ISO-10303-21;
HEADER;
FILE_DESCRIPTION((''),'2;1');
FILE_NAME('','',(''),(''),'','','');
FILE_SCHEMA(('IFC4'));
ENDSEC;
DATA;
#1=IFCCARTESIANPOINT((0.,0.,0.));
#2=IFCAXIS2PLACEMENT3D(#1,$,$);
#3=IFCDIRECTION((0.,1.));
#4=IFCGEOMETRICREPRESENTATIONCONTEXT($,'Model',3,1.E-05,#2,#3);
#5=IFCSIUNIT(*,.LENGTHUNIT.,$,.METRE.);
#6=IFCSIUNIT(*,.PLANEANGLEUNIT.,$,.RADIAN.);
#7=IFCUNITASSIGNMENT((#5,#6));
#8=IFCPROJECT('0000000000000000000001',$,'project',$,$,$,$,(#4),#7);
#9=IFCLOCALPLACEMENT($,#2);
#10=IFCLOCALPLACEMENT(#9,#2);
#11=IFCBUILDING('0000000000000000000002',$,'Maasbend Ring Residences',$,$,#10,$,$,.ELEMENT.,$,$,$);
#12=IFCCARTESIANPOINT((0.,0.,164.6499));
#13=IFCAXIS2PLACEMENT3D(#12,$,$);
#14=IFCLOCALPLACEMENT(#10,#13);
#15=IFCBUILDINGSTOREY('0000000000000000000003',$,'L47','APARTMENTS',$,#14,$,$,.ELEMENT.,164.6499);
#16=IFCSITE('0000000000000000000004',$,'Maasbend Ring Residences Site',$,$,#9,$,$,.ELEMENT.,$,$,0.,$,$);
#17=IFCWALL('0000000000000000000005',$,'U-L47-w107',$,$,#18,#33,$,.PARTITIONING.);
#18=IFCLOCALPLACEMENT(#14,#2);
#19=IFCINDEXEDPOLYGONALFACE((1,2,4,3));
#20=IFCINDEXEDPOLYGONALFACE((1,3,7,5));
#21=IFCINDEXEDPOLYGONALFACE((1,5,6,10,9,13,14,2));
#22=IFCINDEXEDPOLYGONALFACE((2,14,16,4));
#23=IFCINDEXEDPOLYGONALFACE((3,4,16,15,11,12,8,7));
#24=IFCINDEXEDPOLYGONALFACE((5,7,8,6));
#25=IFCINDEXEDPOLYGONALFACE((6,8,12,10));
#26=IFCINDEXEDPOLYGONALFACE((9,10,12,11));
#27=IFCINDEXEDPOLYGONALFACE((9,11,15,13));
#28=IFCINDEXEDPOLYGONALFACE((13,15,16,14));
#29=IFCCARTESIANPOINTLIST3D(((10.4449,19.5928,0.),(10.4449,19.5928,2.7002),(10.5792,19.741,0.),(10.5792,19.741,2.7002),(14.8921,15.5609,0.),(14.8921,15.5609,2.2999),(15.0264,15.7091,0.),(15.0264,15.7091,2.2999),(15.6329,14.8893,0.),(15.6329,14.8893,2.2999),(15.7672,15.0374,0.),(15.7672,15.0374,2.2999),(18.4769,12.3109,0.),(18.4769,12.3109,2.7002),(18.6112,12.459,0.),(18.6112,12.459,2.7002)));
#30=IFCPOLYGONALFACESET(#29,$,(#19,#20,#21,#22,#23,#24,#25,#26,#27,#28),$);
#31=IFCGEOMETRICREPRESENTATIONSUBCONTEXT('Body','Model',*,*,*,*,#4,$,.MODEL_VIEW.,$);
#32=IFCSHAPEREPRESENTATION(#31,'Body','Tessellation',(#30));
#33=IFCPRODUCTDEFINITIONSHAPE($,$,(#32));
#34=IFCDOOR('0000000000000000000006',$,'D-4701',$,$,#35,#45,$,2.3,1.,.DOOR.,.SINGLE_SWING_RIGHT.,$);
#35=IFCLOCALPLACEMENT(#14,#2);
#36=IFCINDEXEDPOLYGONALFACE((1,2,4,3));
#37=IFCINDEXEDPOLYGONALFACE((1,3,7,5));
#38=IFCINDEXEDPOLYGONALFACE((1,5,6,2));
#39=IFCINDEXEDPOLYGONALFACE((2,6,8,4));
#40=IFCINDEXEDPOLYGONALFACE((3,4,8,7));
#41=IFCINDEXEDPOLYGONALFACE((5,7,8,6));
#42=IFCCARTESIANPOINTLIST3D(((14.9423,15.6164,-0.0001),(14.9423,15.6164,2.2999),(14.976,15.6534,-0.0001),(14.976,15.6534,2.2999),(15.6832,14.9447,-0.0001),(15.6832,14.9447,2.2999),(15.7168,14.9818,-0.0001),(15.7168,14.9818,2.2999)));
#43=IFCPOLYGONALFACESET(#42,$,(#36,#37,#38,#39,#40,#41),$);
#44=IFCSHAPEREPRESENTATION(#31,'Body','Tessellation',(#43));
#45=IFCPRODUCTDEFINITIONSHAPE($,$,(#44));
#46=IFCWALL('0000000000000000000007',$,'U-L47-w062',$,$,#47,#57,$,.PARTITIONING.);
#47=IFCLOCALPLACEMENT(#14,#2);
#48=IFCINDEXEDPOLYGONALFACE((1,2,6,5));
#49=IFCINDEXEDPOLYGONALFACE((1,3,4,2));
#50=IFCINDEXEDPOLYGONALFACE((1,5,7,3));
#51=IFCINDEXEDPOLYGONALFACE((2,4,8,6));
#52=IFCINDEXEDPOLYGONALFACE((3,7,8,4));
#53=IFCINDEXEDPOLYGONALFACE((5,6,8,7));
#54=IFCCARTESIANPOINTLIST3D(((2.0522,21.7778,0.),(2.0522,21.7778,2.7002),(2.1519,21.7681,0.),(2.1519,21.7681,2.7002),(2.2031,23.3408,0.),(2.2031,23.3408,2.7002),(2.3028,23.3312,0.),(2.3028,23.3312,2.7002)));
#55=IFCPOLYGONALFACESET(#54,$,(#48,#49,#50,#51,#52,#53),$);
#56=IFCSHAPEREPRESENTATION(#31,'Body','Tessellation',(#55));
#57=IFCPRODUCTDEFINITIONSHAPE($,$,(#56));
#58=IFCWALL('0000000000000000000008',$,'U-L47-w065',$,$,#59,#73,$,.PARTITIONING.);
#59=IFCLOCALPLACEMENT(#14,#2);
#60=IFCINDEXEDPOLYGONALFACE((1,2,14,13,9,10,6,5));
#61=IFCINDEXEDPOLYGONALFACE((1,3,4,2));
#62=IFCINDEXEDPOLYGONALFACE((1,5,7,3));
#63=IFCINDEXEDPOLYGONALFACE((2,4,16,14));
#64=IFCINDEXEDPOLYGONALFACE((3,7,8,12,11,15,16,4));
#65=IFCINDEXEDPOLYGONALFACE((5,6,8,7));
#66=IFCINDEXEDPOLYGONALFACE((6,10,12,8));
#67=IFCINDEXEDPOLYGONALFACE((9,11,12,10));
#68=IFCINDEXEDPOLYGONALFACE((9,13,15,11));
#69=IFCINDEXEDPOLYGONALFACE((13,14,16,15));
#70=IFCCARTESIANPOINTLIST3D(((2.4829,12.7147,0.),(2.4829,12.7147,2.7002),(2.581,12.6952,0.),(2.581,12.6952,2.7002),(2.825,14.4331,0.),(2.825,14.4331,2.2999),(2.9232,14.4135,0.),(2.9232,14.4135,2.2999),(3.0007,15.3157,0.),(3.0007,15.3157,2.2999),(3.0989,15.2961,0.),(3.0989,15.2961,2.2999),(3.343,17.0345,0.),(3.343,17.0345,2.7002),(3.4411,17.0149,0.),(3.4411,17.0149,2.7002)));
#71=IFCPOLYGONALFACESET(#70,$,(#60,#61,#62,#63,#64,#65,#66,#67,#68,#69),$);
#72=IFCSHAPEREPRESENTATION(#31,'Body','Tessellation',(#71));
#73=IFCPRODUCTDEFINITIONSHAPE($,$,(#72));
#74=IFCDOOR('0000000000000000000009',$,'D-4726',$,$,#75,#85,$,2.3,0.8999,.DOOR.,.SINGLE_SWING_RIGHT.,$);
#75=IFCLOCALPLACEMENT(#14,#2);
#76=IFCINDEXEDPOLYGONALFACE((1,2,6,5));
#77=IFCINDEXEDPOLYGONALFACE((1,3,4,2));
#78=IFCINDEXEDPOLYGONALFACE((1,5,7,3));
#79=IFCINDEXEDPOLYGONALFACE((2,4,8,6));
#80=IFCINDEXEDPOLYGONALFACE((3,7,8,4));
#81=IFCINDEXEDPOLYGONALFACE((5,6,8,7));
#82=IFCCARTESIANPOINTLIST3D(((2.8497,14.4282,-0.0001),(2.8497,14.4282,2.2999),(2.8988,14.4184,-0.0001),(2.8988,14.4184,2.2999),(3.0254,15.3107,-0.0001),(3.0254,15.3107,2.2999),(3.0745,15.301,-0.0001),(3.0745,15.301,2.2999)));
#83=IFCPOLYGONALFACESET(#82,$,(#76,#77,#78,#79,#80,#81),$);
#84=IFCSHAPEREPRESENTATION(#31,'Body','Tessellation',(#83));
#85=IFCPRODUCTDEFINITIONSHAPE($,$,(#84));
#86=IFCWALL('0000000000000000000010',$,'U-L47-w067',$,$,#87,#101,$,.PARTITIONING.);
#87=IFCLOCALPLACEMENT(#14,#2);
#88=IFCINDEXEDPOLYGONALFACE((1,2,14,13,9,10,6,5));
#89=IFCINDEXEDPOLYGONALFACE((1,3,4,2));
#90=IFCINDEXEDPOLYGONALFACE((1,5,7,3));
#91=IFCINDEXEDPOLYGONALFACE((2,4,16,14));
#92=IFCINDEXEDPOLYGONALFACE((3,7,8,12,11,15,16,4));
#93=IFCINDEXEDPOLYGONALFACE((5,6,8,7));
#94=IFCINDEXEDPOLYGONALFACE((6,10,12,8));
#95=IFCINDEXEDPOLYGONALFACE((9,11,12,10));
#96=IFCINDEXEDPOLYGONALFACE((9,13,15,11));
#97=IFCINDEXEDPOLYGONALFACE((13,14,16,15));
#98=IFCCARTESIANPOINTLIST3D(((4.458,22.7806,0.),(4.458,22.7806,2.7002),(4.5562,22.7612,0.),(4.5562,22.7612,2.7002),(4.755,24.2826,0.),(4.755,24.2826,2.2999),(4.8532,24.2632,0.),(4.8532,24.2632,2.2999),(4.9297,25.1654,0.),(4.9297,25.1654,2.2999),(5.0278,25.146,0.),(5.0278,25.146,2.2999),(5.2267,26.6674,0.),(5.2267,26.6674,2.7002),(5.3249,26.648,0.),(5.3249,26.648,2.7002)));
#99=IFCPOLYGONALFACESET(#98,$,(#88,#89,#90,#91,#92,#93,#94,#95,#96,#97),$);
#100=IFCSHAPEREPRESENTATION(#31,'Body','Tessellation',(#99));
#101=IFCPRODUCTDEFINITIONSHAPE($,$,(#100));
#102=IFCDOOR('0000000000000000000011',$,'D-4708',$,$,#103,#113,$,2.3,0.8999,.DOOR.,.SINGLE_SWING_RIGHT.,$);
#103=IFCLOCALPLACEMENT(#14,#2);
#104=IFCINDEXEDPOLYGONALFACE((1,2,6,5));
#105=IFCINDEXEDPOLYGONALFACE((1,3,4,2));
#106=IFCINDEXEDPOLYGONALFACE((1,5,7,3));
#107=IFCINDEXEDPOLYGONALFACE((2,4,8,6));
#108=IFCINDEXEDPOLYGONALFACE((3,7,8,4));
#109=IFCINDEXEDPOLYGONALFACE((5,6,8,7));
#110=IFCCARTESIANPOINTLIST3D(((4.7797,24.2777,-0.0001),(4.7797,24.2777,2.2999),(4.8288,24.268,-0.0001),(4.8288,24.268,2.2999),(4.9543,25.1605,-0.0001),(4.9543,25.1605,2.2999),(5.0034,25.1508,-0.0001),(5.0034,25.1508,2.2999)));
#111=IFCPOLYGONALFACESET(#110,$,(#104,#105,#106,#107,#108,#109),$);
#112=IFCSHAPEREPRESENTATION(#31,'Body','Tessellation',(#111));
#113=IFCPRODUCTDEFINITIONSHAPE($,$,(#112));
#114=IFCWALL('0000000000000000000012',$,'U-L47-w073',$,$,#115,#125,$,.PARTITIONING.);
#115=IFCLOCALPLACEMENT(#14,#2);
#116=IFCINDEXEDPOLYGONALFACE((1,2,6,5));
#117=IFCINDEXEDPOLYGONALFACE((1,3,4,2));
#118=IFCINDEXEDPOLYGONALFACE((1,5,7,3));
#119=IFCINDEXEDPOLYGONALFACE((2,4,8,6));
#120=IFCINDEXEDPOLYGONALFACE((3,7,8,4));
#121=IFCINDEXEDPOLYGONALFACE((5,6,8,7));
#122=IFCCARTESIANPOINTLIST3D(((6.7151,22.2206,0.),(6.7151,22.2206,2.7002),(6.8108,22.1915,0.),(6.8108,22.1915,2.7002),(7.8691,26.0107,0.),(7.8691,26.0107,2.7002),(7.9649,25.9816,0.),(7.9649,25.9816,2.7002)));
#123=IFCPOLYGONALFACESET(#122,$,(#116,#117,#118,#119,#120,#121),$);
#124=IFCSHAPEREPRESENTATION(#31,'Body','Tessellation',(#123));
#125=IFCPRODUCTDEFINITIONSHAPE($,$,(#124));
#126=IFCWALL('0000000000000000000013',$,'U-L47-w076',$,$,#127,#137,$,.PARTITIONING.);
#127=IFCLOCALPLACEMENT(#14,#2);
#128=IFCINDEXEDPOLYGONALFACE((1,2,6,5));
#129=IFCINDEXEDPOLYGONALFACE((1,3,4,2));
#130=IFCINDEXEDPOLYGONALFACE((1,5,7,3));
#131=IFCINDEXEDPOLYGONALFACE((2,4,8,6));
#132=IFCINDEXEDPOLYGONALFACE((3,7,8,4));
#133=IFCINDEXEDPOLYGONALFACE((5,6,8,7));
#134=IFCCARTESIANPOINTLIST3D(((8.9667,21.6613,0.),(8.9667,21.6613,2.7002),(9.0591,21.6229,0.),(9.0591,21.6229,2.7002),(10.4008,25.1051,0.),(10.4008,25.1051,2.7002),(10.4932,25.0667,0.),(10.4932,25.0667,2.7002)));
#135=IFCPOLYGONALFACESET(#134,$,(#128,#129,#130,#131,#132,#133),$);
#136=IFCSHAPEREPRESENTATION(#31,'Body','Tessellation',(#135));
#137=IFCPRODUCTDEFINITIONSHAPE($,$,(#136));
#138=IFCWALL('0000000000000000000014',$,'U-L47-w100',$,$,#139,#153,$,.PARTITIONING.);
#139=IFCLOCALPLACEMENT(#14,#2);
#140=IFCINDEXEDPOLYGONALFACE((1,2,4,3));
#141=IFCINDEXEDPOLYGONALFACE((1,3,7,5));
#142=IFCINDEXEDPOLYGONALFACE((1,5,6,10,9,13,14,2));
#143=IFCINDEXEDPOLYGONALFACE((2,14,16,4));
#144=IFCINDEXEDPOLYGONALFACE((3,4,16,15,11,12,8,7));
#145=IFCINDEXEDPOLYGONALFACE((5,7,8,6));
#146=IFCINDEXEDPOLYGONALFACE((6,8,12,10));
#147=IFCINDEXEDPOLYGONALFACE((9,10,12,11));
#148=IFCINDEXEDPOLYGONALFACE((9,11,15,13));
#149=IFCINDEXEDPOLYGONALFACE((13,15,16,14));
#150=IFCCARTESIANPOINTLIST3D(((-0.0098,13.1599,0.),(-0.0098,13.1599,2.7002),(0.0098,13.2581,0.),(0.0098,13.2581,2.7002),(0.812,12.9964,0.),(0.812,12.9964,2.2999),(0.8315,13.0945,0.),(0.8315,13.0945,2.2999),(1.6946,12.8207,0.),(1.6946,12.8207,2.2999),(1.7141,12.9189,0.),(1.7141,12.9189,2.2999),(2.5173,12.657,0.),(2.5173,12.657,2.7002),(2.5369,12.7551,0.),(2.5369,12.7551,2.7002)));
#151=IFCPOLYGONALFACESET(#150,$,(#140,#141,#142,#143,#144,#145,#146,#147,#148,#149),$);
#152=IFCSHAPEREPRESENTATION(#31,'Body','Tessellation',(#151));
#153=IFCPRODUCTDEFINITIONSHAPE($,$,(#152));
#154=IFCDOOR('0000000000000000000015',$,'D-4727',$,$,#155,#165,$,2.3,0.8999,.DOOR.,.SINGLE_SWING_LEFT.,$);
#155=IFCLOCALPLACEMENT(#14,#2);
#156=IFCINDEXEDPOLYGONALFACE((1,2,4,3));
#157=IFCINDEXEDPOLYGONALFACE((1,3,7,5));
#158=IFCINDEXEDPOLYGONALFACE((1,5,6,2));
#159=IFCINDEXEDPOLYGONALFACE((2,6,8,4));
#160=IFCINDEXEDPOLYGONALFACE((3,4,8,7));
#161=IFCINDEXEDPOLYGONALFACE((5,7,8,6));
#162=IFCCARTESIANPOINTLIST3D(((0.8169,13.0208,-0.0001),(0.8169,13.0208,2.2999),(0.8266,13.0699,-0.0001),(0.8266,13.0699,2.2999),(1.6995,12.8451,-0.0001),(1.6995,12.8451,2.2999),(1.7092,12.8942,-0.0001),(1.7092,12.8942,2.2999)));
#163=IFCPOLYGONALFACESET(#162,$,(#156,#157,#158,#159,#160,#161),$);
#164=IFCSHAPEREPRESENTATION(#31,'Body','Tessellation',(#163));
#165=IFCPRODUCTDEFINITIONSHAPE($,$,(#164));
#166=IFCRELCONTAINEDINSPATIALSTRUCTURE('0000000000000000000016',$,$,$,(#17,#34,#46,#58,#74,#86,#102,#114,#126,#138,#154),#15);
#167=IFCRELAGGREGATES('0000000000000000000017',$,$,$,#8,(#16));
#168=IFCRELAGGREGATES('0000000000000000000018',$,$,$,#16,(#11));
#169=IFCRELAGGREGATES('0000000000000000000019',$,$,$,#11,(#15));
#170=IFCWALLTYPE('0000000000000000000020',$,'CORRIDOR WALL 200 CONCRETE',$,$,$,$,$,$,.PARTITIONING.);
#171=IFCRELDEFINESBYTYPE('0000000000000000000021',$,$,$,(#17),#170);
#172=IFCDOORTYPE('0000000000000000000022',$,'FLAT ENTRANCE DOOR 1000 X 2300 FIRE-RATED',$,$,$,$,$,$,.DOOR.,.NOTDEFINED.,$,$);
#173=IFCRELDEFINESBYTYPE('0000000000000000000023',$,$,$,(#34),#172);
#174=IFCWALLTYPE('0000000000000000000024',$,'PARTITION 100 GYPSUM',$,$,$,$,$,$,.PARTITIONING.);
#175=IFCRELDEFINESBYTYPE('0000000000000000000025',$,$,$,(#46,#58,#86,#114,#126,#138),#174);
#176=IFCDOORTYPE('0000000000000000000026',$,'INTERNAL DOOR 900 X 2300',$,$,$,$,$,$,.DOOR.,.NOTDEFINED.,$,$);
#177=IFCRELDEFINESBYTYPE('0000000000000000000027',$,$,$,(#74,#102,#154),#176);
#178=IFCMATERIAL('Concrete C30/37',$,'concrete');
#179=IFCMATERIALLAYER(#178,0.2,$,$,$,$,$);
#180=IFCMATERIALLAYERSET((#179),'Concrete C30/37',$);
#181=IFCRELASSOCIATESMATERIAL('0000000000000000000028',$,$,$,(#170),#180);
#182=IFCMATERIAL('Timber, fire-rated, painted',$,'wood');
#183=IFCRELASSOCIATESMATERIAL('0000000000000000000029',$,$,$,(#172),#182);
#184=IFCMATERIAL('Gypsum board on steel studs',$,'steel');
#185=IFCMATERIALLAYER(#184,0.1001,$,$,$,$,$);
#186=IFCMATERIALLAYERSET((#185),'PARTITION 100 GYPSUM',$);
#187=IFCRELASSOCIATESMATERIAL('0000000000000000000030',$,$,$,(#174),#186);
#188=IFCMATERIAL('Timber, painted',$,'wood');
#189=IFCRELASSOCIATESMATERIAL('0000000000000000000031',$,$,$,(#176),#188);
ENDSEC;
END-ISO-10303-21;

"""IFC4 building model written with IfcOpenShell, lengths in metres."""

from ifc_helpers import new_model, si_unit, direction, frame, frame_2d, origin, place, context, subcontext, project, spatial, rectangle, extrude, material, layer, layer_set, type_object, element, fill, save


model = new_model("IFC4")

# Units and contexts
model_context = context("Model", 3, precision=1e-05, world=origin(), true_north=direction((0.0, 1.0)))
body_context = subcontext(model_context, "Body", "Model", "MODEL_VIEW")
ifc_project = project(units=[si_unit("LENGTHUNIT", "METRE"), si_unit("PLANEANGLEUNIT", "RADIAN")], contexts=[model_context])

# Site, building, storey
site_placement = place(None, origin())
site = spatial("IfcSite", under=ifc_project, at=site_placement, Name="Maasbend Ring Residences Site", CompositionType="ELEMENT", RefElevation=0.0)
building_placement = place(site_placement, origin())
building = spatial("IfcBuilding", under=site, at=building_placement, Name="Maasbend Ring Residences", CompositionType="ELEMENT")
storey_placement = place(building_placement, frame((0.0, 0.0, 164.6499)))
storey = spatial("IfcBuildingStorey", under=building, at=storey_placement, Name="L47", Description="APARTMENTS", CompositionType="ELEMENT", Elevation=164.6499)

# Wall, opening, door
ifc_material_1 = material(Name="Concrete C30/37", Category="concrete")
ifc_layer_1 = layer(ifc_material_1, 0.2)
ifc_layer_set_1 = layer_set([ifc_layer_1], Name="Concrete C30/37")
wall_type_1 = type_object("IfcWallType", Name="CORRIDOR WALL 200 CONCRETE", PredefinedType="PARTITIONING", material=ifc_layer_set_1)
ifc_material_2 = material(Name="Timber, fire-rated, painted", Category="wood")
door_type_1 = type_object("IfcDoorType", Name="FLAT ENTRANCE DOOR 1000 X 2300 FIRE-RATED", OperationType="NOTDEFINED", PredefinedType="DOOR", material=ifc_material_2)
wall_1_placement = place(storey_placement, frame((10.512, 19.667, 0.0), z_axis=(0.0, 0.0, 1.0), x_axis=(0.740849, -0.671671, 0.0)))
wall_1 = element("IfcWall", 1, at=wall_1_placement, inside=storey, type_object=wall_type_1, Name="U-L47-w107", PredefinedType="PARTITIONING", context=body_context, shape_type="SweptSolid", body=[
    extrude(rectangle(XDim=10.8416, YDim=0.2, at=frame_2d((5.4209, 0.0))), origin(), (0.0, 0.0, 1.0), 2.7002),
])
opening_1_placement = place(wall_1_placement, frame((6.0029, 0.0, 0.0)))
opening_1 = element("IfcOpeningElement", 2, at=opening_1_placement, cuts=wall_1, PredefinedType="OPENING", context=body_context, shape_type="SweptSolid", body=[
    extrude(rectangle(XDim=1.0, YDim=2.3, at=frame_2d((0.5, 1.1499))), frame((0.0, 0.1099, 0.0), z_axis=(0.0, -1.0, 0.0), x_axis=(1.0, 0.0, 0.0)), (0.0, 0.0, 1.0), 0.22),
])
door_1_placement = place(opening_1_placement, origin())
door_1 = element("IfcDoor", 3, at=door_1_placement, inside=storey, type_object=door_type_1, Name="D-4701", OperationType="SINGLE_SWING_RIGHT", OverallHeight=2.3, OverallWidth=1.0, PredefinedType="DOOR", context=body_context, shape_type="SweptSolid", body=[
    extrude(rectangle(XDim=1.0, YDim=2.3, at=frame_2d((0.5, 1.1499))), frame((0.0, 0.0249, 0.0), z_axis=(0.0, -1.0, 0.0), x_axis=(1.0, 0.0, 0.0)), (0.0, 0.0, 1.0), 0.05),
])
fill(opening_1, door_1)

# Wall
ifc_material_3 = material(Name="Gypsum board on steel studs", Category="steel")
ifc_layer_2 = layer(ifc_material_3, 0.1001)
ifc_layer_set_2 = layer_set([ifc_layer_2], Name="PARTITION 100 GYPSUM")
wall_type_2 = type_object("IfcWallType", Name="PARTITION 100 GYPSUM", PredefinedType="PARTITIONING", material=ifc_layer_set_2)
wall_2_placement = place(storey_placement, frame((2.1021, 21.7729, 0.0), z_axis=(0.0, 0.0, 1.0), x_axis=(0.096086, 0.995373, 0.0)))
element("IfcWall", 4, at=wall_2_placement, inside=storey, type_object=wall_type_2, Name="U-L47-w062", PredefinedType="PARTITIONING", context=body_context, shape_type="SweptSolid", body=[
    extrude(rectangle(XDim=1.5703, YDim=0.1001, at=frame_2d((0.7852, 0.0))), origin(), (0.0, 0.0, 1.0), 2.7002),
])

# Walls, openings, doors
wall_3_placement = place(storey_placement, frame((2.532, 12.7051, 0.0), z_axis=(0.0, 0.0, 1.0), x_axis=(0.195274, 0.980749, 0.0)))
wall_3 = element("IfcWall", 5, at=wall_3_placement, inside=storey, type_object=wall_type_2, Name="U-L47-w065", PredefinedType="PARTITIONING", context=body_context, shape_type="SweptSolid", body=[
    extrude(rectangle(XDim=4.4045, YDim=0.1001, at=frame_2d((2.2021, 0.0))), origin(), (0.0, 0.0, 1.0), 2.7002),
])
opening_2_placement = place(wall_3_placement, frame((1.752, 0.0, 0.0)))
opening_2 = element("IfcOpeningElement", 6, at=opening_2_placement, cuts=wall_3, PredefinedType="OPENING", context=body_context, shape_type="SweptSolid", body=[
    extrude(rectangle(XDim=0.8999, YDim=2.3, at=frame_2d((0.45, 1.1499))), frame((0.0, 0.0601, 0.0), z_axis=(0.0, -1.0, 0.0), x_axis=(1.0, 0.0, 0.0)), (0.0, 0.0, 1.0), 0.1201),
])
ifc_material_4 = material(Name="Timber, painted", Category="wood")
door_type_2 = type_object("IfcDoorType", Name="INTERNAL DOOR 900 X 2300", OperationType="NOTDEFINED", PredefinedType="DOOR", material=ifc_material_4)
door_2_placement = place(opening_2_placement, origin())
door_2 = element("IfcDoor", 7, at=door_2_placement, inside=storey, type_object=door_type_2, Name="D-4726", OperationType="SINGLE_SWING_RIGHT", OverallHeight=2.3, OverallWidth=0.8999, PredefinedType="DOOR", context=body_context, shape_type="SweptSolid", body=[
    extrude(rectangle(XDim=0.8999, YDim=2.3, at=frame_2d((0.45, 1.1499))), frame((0.0, 0.0249, 0.0), z_axis=(0.0, -1.0, 0.0), x_axis=(1.0, 0.0, 0.0)), (0.0, 0.0, 1.0), 0.05),
])
fill(opening_2, door_2)
wall_4_placement = place(storey_placement, frame((4.5071, 22.771, 0.0), z_axis=(0.0, 0.0, 1.0), x_axis=(0.19403, 0.980996, 0.0)))
wall_4 = element("IfcWall", 8, at=wall_4_placement, inside=storey, type_object=wall_type_2, Name="U-L47-w067", PredefinedType="PARTITIONING", context=body_context, shape_type="SweptSolid", body=[
    extrude(rectangle(XDim=3.9622, YDim=0.1001, at=frame_2d((1.981, 0.0))), origin(), (0.0, 0.0, 1.0), 2.7002),
])
opening_3_placement = place(wall_4_placement, frame((1.531, 0.0, 0.0)))
opening_3 = element("IfcOpeningElement", 9, at=opening_3_placement, cuts=wall_4, PredefinedType="OPENING", context=body_context, shape_type="SweptSolid", body=[
    extrude(rectangle(XDim=0.8999, YDim=2.3, at=frame_2d((0.45, 1.1499))), frame((0.0, 0.0601, 0.0), z_axis=(0.0, -1.0, 0.0), x_axis=(1.0, 0.0, 0.0)), (0.0, 0.0, 1.0), 0.1201),
])
door_3_placement = place(opening_3_placement, origin())
door_3 = element("IfcDoor", 10, at=door_3_placement, inside=storey, type_object=door_type_2, Name="D-4708", OperationType="SINGLE_SWING_RIGHT", OverallHeight=2.3, OverallWidth=0.8999, PredefinedType="DOOR", context=body_context, shape_type="SweptSolid", body=[
    extrude(rectangle(XDim=0.8999, YDim=2.3, at=frame_2d((0.45, 1.1499))), frame((0.0, 0.0249, 0.0), z_axis=(0.0, -1.0, 0.0), x_axis=(1.0, 0.0, 0.0)), (0.0, 0.0, 1.0), 0.05),
])
fill(opening_3, door_3)

# Walls
wall_5_placement = place(storey_placement, frame((6.7629, 22.2061, 0.0), z_axis=(0.0, 0.0, 1.0), x_axis=(0.291292, 0.956634, 0.0)))
element("IfcWall", 11, at=wall_5_placement, inside=storey, type_object=wall_type_2, Name="U-L47-w073", PredefinedType="PARTITIONING", context=body_context, shape_type="SweptSolid", body=[
    extrude(rectangle(XDim=3.9619, YDim=0.1001, at=frame_2d((1.981, 0.0))), origin(), (0.0, 0.0, 1.0), 2.7002),
])
wall_6_placement = place(storey_placement, frame((9.0129, 21.6421, 0.0), z_axis=(0.0, 0.0, 1.0), x_axis=(0.38442, 0.923158, 0.0)))
element("IfcWall", 12, at=wall_6_placement, inside=storey, type_object=wall_type_2, Name="U-L47-w076", PredefinedType="PARTITIONING", context=body_context, shape_type="SweptSolid", body=[
    extrude(rectangle(XDim=3.7305, YDim=0.1001, at=frame_2d((1.8652, 0.0))), origin(), (0.0, 0.0, 1.0), 2.7002),
])

# Wall, opening, door
wall_7_placement = place(storey_placement, frame((0.0, 13.209, 0.0), z_axis=(0.0, 0.0, 1.0), x_axis=(0.980766, -0.195187, 0.0)))
wall_7 = element("IfcWall", 13, at=wall_7_placement, inside=storey, type_object=wall_type_2, Name="U-L47-w100", PredefinedType="PARTITIONING", context=body_context, shape_type="SweptSolid", body=[
    extrude(rectangle(XDim=2.5767, YDim=0.1001, at=frame_2d((1.2883, 0.0))), origin(), (0.0, 0.0, 1.0), 2.7002),
])
opening_4_placement = place(wall_7_placement, frame((0.8379, 0.0, 0.0)))
opening_4 = element("IfcOpeningElement", 14, at=opening_4_placement, cuts=wall_7, PredefinedType="OPENING", context=body_context, shape_type="SweptSolid", body=[
    extrude(rectangle(XDim=0.8999, YDim=2.3, at=frame_2d((0.45, 1.1499))), frame((0.0, 0.0601, 0.0), z_axis=(0.0, -1.0, 0.0), x_axis=(1.0, 0.0, 0.0)), (0.0, 0.0, 1.0), 0.1201),
])
door_4_placement = place(opening_4_placement, origin())
door_4 = element("IfcDoor", 15, at=door_4_placement, inside=storey, type_object=door_type_2, Name="D-4727", OperationType="SINGLE_SWING_LEFT", OverallHeight=2.3, OverallWidth=0.8999, PredefinedType="DOOR", context=body_context, shape_type="SweptSolid", body=[
    extrude(rectangle(XDim=0.8999, YDim=2.3, at=frame_2d((0.45, 1.1499))), frame((0.0, 0.0249, 0.0), z_axis=(0.0, -1.0, 0.0), x_axis=(1.0, 0.0, 0.0)), (0.0, 0.0, 1.0), 0.05),
])
fill(opening_4, door_4)

save(model, "model.ifc")
